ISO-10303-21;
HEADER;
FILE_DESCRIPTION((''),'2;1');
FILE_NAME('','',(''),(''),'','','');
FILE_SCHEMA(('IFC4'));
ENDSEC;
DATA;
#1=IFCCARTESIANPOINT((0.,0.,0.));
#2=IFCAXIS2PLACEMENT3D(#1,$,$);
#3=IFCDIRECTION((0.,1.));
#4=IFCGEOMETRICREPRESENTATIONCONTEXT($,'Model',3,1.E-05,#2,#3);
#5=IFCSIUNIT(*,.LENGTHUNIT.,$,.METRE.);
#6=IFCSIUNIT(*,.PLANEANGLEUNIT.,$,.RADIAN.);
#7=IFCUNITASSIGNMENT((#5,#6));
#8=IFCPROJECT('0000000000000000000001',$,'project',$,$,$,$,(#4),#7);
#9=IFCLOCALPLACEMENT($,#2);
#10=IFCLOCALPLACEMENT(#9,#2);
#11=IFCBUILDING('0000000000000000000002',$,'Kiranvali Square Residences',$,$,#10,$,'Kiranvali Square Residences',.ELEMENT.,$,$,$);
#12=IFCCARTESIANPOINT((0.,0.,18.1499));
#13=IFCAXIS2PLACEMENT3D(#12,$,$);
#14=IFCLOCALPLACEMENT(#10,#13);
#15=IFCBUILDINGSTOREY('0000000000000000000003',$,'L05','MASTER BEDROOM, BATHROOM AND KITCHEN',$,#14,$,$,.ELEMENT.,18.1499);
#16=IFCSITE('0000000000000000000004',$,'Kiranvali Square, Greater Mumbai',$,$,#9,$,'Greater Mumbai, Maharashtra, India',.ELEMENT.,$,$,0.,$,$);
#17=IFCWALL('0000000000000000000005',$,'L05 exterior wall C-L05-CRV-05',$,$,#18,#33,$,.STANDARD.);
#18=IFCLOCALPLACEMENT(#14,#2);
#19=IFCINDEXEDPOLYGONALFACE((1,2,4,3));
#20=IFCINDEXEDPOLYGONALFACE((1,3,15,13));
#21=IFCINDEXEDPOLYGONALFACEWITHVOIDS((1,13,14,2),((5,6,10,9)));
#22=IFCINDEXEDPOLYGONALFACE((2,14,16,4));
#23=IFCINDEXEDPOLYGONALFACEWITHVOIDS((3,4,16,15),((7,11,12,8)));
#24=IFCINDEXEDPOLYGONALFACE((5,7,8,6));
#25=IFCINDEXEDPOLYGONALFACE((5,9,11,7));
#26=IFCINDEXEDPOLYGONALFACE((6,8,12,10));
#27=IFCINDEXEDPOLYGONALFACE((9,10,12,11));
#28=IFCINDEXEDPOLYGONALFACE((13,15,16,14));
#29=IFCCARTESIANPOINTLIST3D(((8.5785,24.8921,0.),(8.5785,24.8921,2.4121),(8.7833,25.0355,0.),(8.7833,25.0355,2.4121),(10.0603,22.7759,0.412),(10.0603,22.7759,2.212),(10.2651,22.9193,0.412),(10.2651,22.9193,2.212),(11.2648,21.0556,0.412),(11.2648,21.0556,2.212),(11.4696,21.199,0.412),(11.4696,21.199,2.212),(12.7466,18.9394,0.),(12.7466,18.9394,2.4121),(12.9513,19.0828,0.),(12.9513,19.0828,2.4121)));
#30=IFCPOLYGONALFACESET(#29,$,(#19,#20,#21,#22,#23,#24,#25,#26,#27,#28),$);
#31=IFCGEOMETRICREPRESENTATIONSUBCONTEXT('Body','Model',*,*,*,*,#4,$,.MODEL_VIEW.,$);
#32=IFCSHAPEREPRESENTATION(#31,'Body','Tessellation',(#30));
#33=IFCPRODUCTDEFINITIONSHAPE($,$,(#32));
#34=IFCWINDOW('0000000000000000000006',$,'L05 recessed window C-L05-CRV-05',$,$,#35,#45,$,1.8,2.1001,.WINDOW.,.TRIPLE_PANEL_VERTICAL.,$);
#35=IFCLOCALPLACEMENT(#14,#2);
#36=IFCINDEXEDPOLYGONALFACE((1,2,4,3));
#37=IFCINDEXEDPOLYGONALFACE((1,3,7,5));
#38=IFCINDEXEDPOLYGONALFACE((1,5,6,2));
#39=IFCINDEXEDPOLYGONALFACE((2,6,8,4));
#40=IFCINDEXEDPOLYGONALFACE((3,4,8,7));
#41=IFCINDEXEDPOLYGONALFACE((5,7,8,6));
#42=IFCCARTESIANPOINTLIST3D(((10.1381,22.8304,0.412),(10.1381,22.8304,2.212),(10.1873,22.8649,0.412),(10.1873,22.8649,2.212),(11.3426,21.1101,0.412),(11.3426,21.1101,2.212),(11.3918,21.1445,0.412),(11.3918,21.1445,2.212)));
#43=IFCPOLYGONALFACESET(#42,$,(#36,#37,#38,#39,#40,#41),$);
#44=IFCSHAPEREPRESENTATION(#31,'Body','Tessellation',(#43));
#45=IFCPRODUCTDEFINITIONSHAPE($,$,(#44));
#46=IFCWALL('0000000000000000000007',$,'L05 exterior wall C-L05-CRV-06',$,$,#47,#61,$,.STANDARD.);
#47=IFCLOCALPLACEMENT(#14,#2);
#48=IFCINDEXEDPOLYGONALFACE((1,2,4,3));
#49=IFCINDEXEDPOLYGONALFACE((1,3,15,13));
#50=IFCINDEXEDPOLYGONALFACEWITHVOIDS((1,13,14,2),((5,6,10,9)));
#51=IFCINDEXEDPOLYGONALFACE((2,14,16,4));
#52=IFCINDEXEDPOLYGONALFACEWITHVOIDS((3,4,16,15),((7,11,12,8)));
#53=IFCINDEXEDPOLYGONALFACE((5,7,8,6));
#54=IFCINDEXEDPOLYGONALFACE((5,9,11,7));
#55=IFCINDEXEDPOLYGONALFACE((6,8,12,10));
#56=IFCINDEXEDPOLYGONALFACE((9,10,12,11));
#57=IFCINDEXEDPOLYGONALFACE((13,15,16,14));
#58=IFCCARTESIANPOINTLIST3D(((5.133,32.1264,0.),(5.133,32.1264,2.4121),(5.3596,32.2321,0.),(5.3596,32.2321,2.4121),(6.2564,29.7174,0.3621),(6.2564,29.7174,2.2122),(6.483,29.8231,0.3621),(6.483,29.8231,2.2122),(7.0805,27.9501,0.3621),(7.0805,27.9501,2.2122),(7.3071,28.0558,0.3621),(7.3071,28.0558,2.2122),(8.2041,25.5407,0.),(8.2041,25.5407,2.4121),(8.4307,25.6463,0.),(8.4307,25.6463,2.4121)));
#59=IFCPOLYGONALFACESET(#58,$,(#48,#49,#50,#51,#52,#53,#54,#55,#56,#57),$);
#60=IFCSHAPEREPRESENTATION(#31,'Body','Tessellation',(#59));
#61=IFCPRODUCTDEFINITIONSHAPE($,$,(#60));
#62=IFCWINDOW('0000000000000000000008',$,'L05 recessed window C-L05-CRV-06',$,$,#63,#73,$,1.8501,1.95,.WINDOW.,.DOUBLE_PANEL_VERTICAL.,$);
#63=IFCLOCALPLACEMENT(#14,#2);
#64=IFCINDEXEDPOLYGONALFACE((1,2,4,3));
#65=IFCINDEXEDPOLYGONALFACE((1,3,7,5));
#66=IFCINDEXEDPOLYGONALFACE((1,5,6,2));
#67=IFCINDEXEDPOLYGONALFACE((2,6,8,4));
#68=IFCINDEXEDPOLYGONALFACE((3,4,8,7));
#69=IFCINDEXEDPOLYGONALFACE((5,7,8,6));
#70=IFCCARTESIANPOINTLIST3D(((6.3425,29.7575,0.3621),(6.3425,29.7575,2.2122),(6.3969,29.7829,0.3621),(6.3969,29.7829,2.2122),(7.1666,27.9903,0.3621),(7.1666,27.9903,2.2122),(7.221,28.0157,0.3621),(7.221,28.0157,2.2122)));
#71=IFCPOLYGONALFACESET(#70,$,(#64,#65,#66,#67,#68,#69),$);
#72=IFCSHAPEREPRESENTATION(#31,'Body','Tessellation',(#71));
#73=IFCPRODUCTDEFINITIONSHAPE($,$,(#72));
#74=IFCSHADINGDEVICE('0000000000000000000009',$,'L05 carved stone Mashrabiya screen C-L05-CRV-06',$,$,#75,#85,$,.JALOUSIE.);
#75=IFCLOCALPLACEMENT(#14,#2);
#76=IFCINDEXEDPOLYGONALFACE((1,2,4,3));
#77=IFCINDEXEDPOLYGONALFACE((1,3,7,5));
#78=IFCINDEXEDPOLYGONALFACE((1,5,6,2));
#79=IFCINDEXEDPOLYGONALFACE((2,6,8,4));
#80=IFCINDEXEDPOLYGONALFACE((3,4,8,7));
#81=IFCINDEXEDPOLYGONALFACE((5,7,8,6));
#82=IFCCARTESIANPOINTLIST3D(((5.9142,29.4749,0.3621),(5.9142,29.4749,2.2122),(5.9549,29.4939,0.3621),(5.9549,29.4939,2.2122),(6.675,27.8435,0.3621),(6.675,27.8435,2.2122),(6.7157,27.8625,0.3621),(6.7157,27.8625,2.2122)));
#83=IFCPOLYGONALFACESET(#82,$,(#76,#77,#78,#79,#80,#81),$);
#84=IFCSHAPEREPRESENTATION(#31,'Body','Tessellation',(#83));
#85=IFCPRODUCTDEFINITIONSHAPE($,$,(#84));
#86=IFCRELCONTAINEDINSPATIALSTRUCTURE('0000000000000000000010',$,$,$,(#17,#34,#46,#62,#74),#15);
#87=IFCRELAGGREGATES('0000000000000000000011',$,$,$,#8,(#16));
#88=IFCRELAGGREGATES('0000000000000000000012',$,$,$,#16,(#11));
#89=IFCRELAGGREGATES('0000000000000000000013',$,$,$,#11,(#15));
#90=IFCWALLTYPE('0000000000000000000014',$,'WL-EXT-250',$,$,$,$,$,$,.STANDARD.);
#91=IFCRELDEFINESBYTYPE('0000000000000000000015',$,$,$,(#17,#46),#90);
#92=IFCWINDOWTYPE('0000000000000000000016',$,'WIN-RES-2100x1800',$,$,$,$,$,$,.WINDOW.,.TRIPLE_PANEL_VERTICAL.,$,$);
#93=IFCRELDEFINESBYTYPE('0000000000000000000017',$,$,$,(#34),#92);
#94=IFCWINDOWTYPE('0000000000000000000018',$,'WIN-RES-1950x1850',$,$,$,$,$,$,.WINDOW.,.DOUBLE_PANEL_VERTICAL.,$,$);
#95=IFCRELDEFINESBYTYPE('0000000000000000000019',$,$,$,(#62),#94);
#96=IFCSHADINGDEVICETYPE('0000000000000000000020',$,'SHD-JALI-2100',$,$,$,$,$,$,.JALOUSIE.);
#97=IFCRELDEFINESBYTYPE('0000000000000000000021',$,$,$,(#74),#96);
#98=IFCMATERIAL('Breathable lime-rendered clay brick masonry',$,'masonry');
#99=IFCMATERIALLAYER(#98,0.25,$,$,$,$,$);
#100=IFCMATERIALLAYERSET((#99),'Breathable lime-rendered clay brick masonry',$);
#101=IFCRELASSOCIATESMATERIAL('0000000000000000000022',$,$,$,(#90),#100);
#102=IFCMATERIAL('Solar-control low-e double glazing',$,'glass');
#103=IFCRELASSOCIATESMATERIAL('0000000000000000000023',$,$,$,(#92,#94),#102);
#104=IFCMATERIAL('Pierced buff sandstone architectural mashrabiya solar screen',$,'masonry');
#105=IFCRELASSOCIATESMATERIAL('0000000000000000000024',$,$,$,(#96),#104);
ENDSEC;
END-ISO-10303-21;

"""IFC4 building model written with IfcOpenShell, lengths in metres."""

from ifc_helpers import new_model, si_unit, direction, frame, frame_2d, origin, origin_2d, place, context, subcontext, project, spatial, rectangle, extrude, material, layer, layer_set, type_object, element, fill, save


model = new_model("IFC4")

# Units and contexts
model_context = context("Model", 3, precision=1e-05, world=origin(), true_north=direction((0.0, 1.0)))
body_context = subcontext(model_context, "Body", "Model", "MODEL_VIEW")
ifc_project = project(units=[si_unit("LENGTHUNIT", "METRE"), si_unit("PLANEANGLEUNIT", "RADIAN")], contexts=[model_context])

# Site, building, storey
site_placement = place(None, origin())
site = spatial("IfcSite", under=ifc_project, at=site_placement, Name="Kiranvali Square, Greater Mumbai", LongName="Greater Mumbai, Maharashtra, India", CompositionType="ELEMENT", RefElevation=0.0)
building_placement = place(site_placement, origin())
building = spatial("IfcBuilding", under=site, at=building_placement, Name="Kiranvali Square Residences", LongName="Kiranvali Square Residences", CompositionType="ELEMENT")
storey_placement = place(building_placement, frame((0.0, 0.0, 18.1499)))
storey = spatial("IfcBuildingStorey", under=building, at=storey_placement, Name="L05", Description="MASTER BEDROOM, BATHROOM AND KITCHEN", CompositionType="ELEMENT", Elevation=18.1499)

# Walls, openings, windows
ifc_material_1 = material(Name="Breathable lime-rendered clay brick masonry", Category="masonry")
ifc_layer = layer(ifc_material_1, 0.25)
ifc_layer_set = layer_set([ifc_layer], Name="Breathable lime-rendered clay brick masonry")
wall_type = type_object("IfcWallType", Name="WL-EXT-250", PredefinedType="STANDARD", material=ifc_layer_set)
wall_1_placement = place(storey_placement, frame((12.8489, 19.0112, 0.0), z_axis=(0.0, 0.0, 1.0), x_axis=(-0.573566, 0.819159, 0.0)))
wall_1 = element("IfcWall", 1, at=wall_1_placement, inside=storey, type_object=wall_type, Name="L05 exterior wall C-L05-CRV-05", PredefinedType="STANDARD", context=body_context, shape_type="SweptSolid", body=[
    extrude(rectangle(XDim=7.2668, YDim=0.25, at=frame_2d((3.6333, 0.0))), origin(), (0.0, 0.0, 1.0), 2.4121),
])
opening_1_placement = place(wall_1_placement, frame((2.5833, 0.0, 0.4121)))
opening_1 = element("IfcOpeningElement", 2, at=opening_1_placement, cuts=wall_1, PredefinedType="OPENING", context=body_context, shape_type="SweptSolid", body=[
    extrude(rectangle(XDim=2.1001, YDim=1.8, at=frame_2d((1.05, 0.8999))), frame((0.0, 0.135, 0.0), z_axis=(0.0, -1.0, 0.0), x_axis=(1.0, 0.0, 0.0)), (0.0, 0.0, 1.0), 0.27),
])
ifc_material_2 = material(Name="Solar-control low-e double glazing", Category="glass")
window_type_1 = type_object("IfcWindowType", Name="WIN-RES-2100x1800", PartitioningType="TRIPLE_PANEL_VERTICAL", PredefinedType="WINDOW", material=ifc_material_2)
window_1_placement = place(opening_1_placement, origin())
window_1 = element("IfcWindow", 3, at=window_1_placement, inside=storey, type_object=window_type_1, Name="L05 recessed window C-L05-CRV-05", OverallHeight=1.8, OverallWidth=2.1001, PartitioningType="TRIPLE_PANEL_VERTICAL", PredefinedType="WINDOW", context=body_context, shape_type="SweptSolid", body=[
    extrude(rectangle(XDim=2.1001, YDim=1.8, at=frame_2d((1.05, 0.8999))), frame((0.0, 0.03, 0.0), z_axis=(0.0, -1.0, 0.0), x_axis=(1.0, 0.0, 0.0)), (0.0, 0.0, 1.0), 0.0601),
])
fill(opening_1, window_1)
wall_2_placement = place(storey_placement, frame((8.3174, 25.5935, 0.0), z_axis=(0.0, 0.0, 1.0), x_axis=(-0.422628, 0.906303, 0.0)))
wall_2 = element("IfcWall", 4, at=wall_2_placement, inside=storey, type_object=wall_type, Name="L05 exterior wall C-L05-CRV-06", PredefinedType="STANDARD", context=body_context, shape_type="SweptSolid", body=[
    extrude(rectangle(XDim=7.2666, YDim=0.25, at=frame_2d((3.6333, 0.0))), origin(), (0.0, 0.0, 1.0), 2.4121),
])
opening_2_placement = place(wall_2_placement, frame((2.6584, 0.0, 0.3621)))
opening_2 = element("IfcOpeningElement", 5, at=opening_2_placement, cuts=wall_2, PredefinedType="OPENING", context=body_context, shape_type="SweptSolid", body=[
    extrude(rectangle(XDim=1.95, YDim=1.8501, at=frame_2d((0.9751, 0.925))), frame((0.0, 0.135, 0.0), z_axis=(0.0, -1.0, 0.0), x_axis=(1.0, 0.0, 0.0)), (0.0, 0.0, 1.0), 0.27),
])
window_type_2 = type_object("IfcWindowType", Name="WIN-RES-1950x1850", PartitioningType="DOUBLE_PANEL_VERTICAL", PredefinedType="WINDOW", material=ifc_material_2)
window_2_placement = place(opening_2_placement, origin())
window_2 = element("IfcWindow", 6, at=window_2_placement, inside=storey, type_object=window_type_2, Name="L05 recessed window C-L05-CRV-06", OverallHeight=1.8501, OverallWidth=1.95, PartitioningType="DOUBLE_PANEL_VERTICAL", PredefinedType="WINDOW", context=body_context, shape_type="SweptSolid", body=[
    extrude(rectangle(XDim=1.95, YDim=1.8501, at=frame_2d((0.9751, 0.925))), frame((0.0, 0.03, 0.0), z_axis=(0.0, -1.0, 0.0), x_axis=(1.0, 0.0, 0.0)), (0.0, 0.0, 1.0), 0.0601),
])
fill(opening_2, window_2)

# Shading device
ifc_material_3 = material(Name="Pierced buff sandstone architectural mashrabiya solar screen", Category="masonry")
shading_device_type = type_object("IfcShadingDeviceType", Name="SHD-JALI-2100", PredefinedType="JALOUSIE", material=ifc_material_3)
shading_device_placement = place(storey_placement, frame((6.3149, 28.6687, 0.3621), z_axis=(0.0, 0.0, 1.0), x_axis=(-0.422618, 0.906308, 0.0)))
element("IfcShadingDevice", 7, at=shading_device_placement, inside=storey, type_object=shading_device_type, Name="L05 carved stone Mashrabiya screen C-L05-CRV-06", PredefinedType="JALOUSIE", context=body_context, shape_type="SweptSolid", body=[
    extrude(rectangle(XDim=1.8, YDim=0.0449, at=origin_2d()), origin(), (0.0, 0.0, 1.0), 1.8501),
])

save(model, "model.ifc")
